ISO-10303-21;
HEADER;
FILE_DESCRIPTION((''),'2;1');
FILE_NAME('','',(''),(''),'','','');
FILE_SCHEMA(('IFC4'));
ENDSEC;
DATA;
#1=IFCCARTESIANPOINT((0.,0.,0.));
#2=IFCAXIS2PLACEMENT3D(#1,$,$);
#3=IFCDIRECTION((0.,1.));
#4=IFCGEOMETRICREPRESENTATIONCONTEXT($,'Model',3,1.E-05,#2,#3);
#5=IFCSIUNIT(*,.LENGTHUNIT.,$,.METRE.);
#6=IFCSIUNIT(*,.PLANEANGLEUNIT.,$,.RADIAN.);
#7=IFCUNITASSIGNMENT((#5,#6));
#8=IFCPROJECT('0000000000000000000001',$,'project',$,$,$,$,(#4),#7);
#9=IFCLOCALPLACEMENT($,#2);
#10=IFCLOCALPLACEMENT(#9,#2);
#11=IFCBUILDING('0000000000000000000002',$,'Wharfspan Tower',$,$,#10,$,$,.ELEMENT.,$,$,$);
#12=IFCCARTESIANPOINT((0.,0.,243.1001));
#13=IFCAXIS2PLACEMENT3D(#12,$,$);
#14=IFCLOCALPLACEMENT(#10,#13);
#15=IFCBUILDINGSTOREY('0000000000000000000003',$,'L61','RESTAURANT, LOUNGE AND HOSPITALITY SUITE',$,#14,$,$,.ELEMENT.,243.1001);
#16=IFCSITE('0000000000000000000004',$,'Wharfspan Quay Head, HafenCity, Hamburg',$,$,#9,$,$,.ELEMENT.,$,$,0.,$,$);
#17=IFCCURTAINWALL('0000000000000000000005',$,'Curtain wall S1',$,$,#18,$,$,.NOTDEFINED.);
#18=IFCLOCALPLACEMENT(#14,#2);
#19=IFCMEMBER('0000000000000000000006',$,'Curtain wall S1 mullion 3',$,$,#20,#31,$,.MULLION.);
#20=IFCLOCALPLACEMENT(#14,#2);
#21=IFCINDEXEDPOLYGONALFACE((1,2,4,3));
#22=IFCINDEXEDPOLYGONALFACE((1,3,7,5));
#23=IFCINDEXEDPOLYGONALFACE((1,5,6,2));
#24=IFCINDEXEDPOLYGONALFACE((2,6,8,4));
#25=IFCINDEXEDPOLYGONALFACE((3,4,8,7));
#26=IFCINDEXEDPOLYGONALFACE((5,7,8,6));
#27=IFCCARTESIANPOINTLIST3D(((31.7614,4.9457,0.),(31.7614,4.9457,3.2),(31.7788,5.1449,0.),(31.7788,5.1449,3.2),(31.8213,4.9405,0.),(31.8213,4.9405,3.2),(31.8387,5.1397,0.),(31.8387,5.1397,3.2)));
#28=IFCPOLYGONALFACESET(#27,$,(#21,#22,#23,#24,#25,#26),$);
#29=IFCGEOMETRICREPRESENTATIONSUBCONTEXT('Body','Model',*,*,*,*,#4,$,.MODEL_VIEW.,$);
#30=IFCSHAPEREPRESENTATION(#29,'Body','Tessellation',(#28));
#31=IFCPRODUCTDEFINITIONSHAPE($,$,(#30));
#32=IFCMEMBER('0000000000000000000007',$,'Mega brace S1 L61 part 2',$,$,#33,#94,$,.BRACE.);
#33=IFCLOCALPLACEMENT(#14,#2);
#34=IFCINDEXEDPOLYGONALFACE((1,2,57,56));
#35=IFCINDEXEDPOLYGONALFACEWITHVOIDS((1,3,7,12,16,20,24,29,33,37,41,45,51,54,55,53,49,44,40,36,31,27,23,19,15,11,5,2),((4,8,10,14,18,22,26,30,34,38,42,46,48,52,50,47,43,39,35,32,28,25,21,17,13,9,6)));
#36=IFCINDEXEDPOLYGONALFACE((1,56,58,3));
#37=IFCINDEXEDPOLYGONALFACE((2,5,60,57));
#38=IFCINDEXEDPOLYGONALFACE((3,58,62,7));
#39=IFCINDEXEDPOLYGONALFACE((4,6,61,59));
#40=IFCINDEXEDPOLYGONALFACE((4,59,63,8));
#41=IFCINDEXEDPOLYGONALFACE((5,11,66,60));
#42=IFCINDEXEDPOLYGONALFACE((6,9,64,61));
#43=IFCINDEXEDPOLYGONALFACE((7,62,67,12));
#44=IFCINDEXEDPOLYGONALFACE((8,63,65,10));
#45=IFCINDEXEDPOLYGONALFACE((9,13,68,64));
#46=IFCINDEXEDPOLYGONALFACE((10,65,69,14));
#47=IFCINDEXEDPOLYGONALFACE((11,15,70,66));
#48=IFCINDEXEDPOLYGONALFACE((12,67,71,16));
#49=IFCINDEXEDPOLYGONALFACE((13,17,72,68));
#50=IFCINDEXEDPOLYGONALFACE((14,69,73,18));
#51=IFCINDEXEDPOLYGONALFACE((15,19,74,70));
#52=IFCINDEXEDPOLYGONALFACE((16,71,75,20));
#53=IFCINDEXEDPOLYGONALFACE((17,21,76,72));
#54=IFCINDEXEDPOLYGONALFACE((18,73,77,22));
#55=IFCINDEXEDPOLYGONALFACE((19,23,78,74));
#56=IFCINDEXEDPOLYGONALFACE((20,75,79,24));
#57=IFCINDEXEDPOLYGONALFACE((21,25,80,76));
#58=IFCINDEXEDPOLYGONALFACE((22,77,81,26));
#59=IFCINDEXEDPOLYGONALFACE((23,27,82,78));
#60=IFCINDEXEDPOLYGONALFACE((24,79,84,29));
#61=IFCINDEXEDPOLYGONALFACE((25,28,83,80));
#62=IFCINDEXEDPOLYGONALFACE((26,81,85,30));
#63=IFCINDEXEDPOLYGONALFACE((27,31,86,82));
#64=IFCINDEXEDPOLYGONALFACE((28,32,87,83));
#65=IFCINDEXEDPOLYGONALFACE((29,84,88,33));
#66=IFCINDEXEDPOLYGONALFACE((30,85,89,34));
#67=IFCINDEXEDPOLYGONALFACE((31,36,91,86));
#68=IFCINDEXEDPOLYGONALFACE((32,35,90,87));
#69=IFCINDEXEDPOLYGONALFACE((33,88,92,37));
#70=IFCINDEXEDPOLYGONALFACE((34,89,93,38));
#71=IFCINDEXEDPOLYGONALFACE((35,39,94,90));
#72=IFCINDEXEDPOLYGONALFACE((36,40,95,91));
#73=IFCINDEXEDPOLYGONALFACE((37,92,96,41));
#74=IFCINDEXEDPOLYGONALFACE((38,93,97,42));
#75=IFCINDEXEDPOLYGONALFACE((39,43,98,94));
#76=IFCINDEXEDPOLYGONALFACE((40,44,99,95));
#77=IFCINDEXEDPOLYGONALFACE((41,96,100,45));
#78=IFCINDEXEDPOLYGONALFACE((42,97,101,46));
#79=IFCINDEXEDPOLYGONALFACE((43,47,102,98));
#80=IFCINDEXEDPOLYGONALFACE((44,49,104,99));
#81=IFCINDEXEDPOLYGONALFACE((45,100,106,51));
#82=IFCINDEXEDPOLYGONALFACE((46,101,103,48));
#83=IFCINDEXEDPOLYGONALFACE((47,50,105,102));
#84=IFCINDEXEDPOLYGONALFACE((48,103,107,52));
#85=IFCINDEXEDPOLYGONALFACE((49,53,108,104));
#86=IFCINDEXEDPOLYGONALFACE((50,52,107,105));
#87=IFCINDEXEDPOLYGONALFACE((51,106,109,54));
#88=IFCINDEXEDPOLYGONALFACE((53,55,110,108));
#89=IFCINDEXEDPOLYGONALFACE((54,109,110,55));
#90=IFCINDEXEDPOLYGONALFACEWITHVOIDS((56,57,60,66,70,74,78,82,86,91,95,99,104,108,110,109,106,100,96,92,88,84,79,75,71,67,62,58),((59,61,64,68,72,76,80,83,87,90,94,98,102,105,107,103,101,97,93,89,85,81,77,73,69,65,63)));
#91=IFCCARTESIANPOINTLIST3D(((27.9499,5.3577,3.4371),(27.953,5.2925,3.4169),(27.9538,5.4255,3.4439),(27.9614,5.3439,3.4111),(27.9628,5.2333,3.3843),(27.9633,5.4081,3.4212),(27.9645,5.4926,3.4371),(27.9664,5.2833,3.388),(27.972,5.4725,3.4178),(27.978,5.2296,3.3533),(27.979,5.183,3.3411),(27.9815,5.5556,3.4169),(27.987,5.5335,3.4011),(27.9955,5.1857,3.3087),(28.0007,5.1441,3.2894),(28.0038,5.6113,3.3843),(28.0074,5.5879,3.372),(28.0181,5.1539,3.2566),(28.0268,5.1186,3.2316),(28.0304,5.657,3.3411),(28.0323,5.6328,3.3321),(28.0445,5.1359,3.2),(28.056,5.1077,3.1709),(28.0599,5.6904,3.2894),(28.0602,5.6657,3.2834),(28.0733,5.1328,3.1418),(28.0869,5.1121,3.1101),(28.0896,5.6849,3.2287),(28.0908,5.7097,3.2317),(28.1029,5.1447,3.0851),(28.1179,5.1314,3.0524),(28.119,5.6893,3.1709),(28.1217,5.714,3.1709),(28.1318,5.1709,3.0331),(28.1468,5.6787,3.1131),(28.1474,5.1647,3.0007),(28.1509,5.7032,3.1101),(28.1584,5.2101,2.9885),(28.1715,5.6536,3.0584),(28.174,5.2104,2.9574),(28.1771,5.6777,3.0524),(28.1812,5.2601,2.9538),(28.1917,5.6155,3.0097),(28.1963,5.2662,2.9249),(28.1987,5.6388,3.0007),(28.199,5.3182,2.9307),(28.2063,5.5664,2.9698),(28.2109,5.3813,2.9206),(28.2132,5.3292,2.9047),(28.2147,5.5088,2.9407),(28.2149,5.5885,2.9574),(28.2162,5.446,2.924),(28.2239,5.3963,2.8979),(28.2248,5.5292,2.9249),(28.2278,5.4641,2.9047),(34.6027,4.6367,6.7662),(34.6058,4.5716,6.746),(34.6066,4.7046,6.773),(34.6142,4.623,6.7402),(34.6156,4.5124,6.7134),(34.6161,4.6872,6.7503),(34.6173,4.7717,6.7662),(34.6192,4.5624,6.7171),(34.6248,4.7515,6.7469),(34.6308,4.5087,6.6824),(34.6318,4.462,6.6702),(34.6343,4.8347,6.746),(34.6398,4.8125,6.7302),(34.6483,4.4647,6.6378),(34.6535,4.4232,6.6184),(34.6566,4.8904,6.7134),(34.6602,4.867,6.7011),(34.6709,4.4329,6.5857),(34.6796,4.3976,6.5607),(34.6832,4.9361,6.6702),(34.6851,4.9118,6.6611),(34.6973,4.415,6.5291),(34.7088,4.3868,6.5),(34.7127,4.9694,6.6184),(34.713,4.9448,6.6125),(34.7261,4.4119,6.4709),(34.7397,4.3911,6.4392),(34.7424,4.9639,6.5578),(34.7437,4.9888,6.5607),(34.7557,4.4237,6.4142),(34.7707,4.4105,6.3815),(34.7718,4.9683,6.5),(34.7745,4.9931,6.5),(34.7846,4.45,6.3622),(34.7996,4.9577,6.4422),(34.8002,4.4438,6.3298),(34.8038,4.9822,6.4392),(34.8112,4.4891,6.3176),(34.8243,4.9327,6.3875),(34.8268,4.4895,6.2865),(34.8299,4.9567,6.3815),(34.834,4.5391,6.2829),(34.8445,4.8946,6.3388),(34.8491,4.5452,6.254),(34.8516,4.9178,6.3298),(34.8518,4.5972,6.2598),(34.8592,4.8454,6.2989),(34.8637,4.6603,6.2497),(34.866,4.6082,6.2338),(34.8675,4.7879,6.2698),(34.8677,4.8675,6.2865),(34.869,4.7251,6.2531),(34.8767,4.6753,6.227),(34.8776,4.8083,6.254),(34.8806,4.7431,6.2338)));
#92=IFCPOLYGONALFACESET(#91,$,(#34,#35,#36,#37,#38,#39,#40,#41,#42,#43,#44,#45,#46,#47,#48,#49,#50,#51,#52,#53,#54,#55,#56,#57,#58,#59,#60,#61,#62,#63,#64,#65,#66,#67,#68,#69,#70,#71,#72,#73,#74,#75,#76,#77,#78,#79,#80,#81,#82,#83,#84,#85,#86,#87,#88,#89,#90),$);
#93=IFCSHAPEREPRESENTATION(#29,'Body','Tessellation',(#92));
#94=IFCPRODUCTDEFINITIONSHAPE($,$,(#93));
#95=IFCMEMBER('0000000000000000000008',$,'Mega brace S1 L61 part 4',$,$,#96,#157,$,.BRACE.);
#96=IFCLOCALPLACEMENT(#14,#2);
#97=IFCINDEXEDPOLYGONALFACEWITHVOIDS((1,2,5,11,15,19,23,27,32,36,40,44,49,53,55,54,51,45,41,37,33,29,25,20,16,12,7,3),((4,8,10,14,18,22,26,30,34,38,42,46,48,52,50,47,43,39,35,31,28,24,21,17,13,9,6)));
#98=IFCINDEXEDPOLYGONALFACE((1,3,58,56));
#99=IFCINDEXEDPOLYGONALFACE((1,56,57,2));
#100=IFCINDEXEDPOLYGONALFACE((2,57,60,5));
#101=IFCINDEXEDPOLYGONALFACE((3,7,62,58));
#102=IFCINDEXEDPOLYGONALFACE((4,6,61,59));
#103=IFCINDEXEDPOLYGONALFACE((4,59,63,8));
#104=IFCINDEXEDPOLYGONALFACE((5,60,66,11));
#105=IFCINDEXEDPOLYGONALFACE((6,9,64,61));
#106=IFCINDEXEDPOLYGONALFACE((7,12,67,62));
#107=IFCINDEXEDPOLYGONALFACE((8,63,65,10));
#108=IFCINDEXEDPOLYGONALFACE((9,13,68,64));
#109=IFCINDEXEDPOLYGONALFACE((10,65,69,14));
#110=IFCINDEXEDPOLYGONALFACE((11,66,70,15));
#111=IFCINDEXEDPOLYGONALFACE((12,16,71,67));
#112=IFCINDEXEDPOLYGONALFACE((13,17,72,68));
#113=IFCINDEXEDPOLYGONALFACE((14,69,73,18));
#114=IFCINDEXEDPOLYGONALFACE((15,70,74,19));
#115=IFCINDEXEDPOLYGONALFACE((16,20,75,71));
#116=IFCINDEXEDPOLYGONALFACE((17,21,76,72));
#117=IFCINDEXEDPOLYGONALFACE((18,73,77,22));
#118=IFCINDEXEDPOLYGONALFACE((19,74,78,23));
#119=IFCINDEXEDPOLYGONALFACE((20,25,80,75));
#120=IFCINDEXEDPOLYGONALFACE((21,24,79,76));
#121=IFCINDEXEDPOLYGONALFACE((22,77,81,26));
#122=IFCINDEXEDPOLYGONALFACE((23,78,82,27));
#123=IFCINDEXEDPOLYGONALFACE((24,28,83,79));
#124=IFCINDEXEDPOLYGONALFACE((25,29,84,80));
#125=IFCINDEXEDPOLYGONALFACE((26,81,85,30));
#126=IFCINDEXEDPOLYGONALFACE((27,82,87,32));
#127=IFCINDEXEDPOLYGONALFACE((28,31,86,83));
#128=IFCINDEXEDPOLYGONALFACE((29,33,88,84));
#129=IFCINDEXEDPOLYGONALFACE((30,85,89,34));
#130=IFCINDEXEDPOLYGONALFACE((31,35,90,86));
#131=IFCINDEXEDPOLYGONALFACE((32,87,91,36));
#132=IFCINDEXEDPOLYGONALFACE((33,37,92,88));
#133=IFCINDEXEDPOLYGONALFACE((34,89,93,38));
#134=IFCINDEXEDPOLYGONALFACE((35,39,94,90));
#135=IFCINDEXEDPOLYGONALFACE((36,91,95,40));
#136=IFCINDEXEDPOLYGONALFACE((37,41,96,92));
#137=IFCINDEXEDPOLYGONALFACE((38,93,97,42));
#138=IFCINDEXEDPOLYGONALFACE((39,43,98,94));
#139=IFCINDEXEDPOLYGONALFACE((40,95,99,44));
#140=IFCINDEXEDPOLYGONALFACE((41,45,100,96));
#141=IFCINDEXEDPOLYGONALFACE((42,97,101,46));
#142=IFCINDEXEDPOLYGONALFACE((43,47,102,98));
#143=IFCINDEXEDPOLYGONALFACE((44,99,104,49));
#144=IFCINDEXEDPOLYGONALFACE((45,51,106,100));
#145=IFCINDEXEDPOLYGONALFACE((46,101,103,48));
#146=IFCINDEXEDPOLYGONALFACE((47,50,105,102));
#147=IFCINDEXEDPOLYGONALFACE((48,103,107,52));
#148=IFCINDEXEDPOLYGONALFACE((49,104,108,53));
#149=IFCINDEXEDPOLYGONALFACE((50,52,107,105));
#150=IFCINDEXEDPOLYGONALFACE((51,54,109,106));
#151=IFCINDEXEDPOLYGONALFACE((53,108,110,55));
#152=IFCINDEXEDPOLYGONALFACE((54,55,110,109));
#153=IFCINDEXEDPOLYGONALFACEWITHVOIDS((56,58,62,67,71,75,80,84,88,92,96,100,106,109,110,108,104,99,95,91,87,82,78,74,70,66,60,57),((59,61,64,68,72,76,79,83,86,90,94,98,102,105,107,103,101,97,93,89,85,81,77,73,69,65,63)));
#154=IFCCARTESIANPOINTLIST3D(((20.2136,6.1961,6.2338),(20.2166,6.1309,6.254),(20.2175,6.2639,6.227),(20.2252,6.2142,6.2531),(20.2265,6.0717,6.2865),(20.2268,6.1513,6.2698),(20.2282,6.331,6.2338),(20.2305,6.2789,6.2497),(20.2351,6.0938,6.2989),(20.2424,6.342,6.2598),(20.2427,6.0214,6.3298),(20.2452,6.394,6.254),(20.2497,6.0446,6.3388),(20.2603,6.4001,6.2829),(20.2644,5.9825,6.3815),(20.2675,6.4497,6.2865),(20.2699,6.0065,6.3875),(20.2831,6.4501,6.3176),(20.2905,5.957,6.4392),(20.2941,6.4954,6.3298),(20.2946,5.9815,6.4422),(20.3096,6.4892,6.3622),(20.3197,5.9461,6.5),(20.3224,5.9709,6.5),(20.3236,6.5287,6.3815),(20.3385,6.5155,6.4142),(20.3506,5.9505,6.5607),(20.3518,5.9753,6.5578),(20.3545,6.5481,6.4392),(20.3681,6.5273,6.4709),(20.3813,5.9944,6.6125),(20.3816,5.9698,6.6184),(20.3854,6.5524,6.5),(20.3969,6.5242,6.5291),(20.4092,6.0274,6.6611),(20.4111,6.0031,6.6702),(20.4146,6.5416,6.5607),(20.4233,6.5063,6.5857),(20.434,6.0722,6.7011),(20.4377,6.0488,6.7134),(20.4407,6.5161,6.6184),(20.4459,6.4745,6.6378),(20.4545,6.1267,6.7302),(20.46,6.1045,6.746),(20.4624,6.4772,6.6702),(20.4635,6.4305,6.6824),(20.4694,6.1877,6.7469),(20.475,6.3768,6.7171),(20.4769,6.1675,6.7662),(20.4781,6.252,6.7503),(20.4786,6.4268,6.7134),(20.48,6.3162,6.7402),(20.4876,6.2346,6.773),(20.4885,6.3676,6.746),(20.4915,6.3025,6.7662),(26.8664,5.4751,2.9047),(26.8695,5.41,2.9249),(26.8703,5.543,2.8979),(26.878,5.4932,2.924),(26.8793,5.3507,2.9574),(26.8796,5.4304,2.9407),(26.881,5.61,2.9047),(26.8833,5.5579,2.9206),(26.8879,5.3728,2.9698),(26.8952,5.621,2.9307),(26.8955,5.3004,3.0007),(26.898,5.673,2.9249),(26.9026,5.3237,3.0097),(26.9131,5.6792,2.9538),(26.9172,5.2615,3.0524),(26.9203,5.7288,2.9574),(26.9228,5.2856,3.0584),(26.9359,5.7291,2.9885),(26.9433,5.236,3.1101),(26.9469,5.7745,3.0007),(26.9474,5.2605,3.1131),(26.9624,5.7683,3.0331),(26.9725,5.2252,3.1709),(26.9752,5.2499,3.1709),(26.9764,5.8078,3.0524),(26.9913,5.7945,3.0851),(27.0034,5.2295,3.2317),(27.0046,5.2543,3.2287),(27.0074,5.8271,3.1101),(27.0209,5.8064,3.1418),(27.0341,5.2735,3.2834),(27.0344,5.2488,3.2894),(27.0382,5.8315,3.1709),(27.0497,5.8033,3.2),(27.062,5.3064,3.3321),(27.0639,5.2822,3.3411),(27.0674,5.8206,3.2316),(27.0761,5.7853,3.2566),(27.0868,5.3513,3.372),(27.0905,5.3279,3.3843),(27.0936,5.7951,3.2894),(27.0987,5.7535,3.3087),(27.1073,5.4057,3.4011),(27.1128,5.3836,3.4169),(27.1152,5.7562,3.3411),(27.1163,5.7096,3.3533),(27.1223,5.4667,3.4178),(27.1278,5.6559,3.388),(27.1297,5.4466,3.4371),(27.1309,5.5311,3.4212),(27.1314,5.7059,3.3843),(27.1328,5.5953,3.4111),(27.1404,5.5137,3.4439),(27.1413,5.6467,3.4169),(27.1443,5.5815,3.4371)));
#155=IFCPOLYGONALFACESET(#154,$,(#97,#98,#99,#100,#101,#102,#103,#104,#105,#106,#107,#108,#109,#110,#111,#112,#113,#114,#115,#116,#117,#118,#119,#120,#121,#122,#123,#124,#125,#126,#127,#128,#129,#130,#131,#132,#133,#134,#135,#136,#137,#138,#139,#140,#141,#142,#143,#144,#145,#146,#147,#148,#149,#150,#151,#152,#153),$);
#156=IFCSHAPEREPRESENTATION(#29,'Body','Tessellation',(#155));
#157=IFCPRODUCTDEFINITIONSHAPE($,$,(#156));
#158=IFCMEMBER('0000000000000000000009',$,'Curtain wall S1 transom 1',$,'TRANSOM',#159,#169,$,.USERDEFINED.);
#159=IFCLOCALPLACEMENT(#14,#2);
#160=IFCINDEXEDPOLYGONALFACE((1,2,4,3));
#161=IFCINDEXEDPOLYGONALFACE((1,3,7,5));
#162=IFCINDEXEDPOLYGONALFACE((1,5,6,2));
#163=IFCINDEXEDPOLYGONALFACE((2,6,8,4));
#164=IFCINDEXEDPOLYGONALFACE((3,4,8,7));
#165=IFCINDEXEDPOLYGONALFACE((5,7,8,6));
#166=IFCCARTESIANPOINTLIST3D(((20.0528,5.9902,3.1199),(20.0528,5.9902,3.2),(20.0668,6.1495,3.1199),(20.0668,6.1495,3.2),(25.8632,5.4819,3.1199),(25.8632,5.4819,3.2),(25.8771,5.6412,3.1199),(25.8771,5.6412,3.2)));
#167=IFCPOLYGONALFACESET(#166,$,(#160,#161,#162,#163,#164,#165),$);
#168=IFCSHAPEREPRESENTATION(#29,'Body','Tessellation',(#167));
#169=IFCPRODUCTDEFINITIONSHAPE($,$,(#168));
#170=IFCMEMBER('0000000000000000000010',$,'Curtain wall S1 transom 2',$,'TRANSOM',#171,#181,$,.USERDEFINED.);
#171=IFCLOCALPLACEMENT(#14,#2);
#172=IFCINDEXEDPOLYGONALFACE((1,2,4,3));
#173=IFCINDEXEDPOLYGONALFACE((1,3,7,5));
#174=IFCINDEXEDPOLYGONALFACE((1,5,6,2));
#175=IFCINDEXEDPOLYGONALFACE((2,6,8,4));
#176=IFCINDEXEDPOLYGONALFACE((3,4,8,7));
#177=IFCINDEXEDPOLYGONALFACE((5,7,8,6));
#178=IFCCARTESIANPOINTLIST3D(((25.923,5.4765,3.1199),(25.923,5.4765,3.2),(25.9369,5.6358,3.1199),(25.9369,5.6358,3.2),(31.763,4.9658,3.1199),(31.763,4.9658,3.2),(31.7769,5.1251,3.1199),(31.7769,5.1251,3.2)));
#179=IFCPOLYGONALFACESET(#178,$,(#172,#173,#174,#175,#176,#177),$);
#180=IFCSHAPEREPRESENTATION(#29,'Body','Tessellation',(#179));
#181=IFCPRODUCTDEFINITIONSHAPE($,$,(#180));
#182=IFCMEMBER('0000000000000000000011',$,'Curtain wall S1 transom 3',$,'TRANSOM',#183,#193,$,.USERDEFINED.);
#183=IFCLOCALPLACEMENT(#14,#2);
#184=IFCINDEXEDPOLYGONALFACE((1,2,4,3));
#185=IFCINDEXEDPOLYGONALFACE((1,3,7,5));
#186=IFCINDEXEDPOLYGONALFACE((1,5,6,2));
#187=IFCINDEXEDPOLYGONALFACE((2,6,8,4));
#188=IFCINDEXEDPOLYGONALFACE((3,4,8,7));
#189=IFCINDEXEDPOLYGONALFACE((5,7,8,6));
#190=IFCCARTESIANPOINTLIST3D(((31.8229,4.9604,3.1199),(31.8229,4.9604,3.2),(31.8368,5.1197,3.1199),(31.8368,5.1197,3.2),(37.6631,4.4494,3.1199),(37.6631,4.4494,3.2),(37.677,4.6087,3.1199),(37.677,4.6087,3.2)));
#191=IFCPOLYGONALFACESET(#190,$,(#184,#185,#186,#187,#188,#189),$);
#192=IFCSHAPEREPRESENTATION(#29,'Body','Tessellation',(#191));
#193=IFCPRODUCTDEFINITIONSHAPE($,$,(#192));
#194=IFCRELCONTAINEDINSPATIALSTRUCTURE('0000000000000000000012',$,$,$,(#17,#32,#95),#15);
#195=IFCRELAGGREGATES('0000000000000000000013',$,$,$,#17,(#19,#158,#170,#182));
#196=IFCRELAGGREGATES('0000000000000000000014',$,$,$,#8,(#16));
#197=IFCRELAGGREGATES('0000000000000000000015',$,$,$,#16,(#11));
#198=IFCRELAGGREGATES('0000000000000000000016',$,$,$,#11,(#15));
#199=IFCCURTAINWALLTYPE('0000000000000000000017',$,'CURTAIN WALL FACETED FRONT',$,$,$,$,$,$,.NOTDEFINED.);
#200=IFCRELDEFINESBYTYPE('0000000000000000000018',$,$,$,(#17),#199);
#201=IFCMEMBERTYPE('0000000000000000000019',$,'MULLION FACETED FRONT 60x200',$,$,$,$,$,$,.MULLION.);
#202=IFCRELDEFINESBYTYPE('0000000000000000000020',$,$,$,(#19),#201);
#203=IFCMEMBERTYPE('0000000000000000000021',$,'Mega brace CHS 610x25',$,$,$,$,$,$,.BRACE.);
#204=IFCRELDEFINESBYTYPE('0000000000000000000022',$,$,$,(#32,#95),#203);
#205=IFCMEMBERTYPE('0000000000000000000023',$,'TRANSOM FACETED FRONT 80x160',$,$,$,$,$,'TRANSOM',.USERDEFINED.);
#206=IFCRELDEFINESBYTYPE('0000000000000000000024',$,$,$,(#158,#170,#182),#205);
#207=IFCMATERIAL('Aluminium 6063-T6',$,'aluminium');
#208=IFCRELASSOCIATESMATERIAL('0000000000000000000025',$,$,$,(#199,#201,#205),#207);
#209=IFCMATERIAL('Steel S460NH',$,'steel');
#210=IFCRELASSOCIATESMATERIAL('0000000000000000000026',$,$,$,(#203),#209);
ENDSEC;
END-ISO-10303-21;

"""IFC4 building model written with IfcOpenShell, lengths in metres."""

from ifc_helpers import new_model, si_unit, direction, frame, origin, origin_2d, place, context, subcontext, project, spatial, rectangle, hollow_circle, extrude, material, material_profile, profile_set, type_object, element, aggregate, save


model = new_model("IFC4")

# Units and contexts
model_context = context("Model", 3, precision=1e-05, world=origin(), true_north=direction((0.0, 1.0)))
body_context = subcontext(model_context, "Body", "Model", "MODEL_VIEW")
ifc_project = project(units=[si_unit("LENGTHUNIT", "METRE"), si_unit("PLANEANGLEUNIT", "RADIAN")], contexts=[model_context])

# Site, building, storey
site_placement = place(None, origin())
site = spatial("IfcSite", under=ifc_project, at=site_placement, Name="Wharfspan Quay Head, HafenCity, Hamburg", CompositionType="ELEMENT", RefElevation=0.0)
building_placement = place(site_placement, origin())
building = spatial("IfcBuilding", under=site, at=building_placement, Name="Wharfspan Tower", CompositionType="ELEMENT")
storey_placement = place(building_placement, frame((0.0, 0.0, 243.1001)))
storey = spatial("IfcBuildingStorey", under=building, at=storey_placement, Name="L61", Description="RESTAURANT, LOUNGE AND HOSPITALITY SUITE", CompositionType="ELEMENT", Elevation=243.1001)

# Curtain wall, member
ifc_material_1 = material(Name="Aluminium 6063-T6", Category="aluminium")
curtain_wall_type_1 = type_object("IfcCurtainWallType", Name="CURTAIN WALL FACETED FRONT", PredefinedType="NOTDEFINED", material=ifc_material_1)
curtain_wall_1_placement = place(storey_placement, origin())
curtain_wall_1 = element("IfcCurtainWall", 1, at=curtain_wall_1_placement, inside=storey, type_object=curtain_wall_type_1, Name="Curtain wall S1", PredefinedType="NOTDEFINED")
ifc_material_profile_1 = material_profile(ifc_material_1, rectangle(XDim=0.2, YDim=0.0601, at=origin_2d()))
ifc_profile_set_1 = profile_set([ifc_material_profile_1], Name="Aluminium 6063-T6")
member_type_1 = type_object("IfcMemberType", Name="MULLION FACETED FRONT 60x200", PredefinedType="MULLION", material=ifc_profile_set_1)
member_1_placement = place(storey_placement, frame((31.8, 5.0427, 0.0), z_axis=(0.0, 0.0, 1.0), x_axis=(0.087156, 0.996197, 0.0)))
member_1 = element("IfcMember", 2, at=member_1_placement, type_object=member_type_1, Name="Curtain wall S1 mullion 3", PredefinedType="MULLION", context=body_context, shape_type="SweptSolid", body=[
    extrude(rectangle(XDim=0.2, YDim=0.0601, at=origin_2d()), origin(), (0.0, 0.0, 1.0), 3.2),
])

# Members
ifc_material_2 = material(Name="Steel S460NH", Category="steel")
ifc_material_profile_2 = material_profile(ifc_material_2, hollow_circle(Radius=0.3049, WallThickness=0.0249, at=origin_2d()))
ifc_profile_set_2 = profile_set([ifc_material_profile_2], Name="Steel S460NH")
member_type_2 = type_object("IfcMemberType", Name="Mega brace CHS 610x25", PredefinedType="BRACE", material=ifc_profile_set_2)
for number, where, z_axis, x_axis, name in (
    (3, (28.0889, 5.4109, 3.1709), (0.890113, -0.096459, 0.445416), (0.107734, 0.994176, 0.000004), "Mega brace S1 L61 part 2"),
    (4, (27.0054, 5.5283, 3.1709), (-0.890113, 0.096459, 0.445416), (-0.107734, -0.994176, 0.000004), "Mega brace S1 L61 part 4"),
):
    element("IfcMember", number, at=place(storey_placement, frame(where, z_axis=z_axis, x_axis=x_axis)), inside=storey, type_object=member_type_2, Name=name, PredefinedType="BRACE", context=body_context, shape_type="SweptSolid", body=[
        extrude(hollow_circle(Radius=0.3049, WallThickness=0.0249, at=origin_2d()), origin(), (0.0, 0.0, 1.0), 7.4741),
    ])

# Members
ifc_material_profile_3 = material_profile(ifc_material_1, rectangle(XDim=0.1599, YDim=0.0801, at=origin_2d()))
ifc_profile_set_3 = profile_set([ifc_material_profile_3], Name="Aluminium 6063-T6")
member_type_3 = type_object("IfcMemberType", Name="TRANSOM FACETED FRONT 80x160", ElementType="TRANSOM", PredefinedType="USERDEFINED", material=ifc_profile_set_3)
member_2_placement = place(storey_placement, frame((20.0598, 6.0698, 3.1599), z_axis=(0.996195, -0.08715, 0.0), x_axis=(0.08715, 0.996195, 0.0)))
member_2 = element("IfcMember", 5, at=member_2_placement, type_object=member_type_3, Name="Curtain wall S1 transom 1", ObjectType="TRANSOM", PredefinedType="USERDEFINED", context=body_context, shape_type="SweptSolid", body=[
    extrude(rectangle(XDim=0.1599, YDim=0.0801, at=origin_2d()), origin(), (0.0, 0.0, 1.0), 5.8325),
])
member_3_placement = place(storey_placement, frame((25.9299, 5.5562, 3.1599), z_axis=(0.996198, -0.087122, 0.0), x_axis=(0.087122, 0.996198, 0.0)))
member_3 = element("IfcMember", 6, at=member_3_placement, type_object=member_type_3, Name="Curtain wall S1 transom 2", ObjectType="TRANSOM", PredefinedType="USERDEFINED", context=body_context, shape_type="SweptSolid", body=[
    extrude(rectangle(XDim=0.1599, YDim=0.0801, at=origin_2d()), origin(), (0.0, 0.0, 1.0), 5.8623),
])
member_4_placement = place(storey_placement, frame((31.8298, 5.04, 3.1599), z_axis=(0.996194, -0.08716, 0.0), x_axis=(0.08716, 0.996194, 0.0)))
member_4 = element("IfcMember", 7, at=member_4_placement, type_object=member_type_3, Name="Curtain wall S1 transom 3", ObjectType="TRANSOM", PredefinedType="USERDEFINED", context=body_context, shape_type="SweptSolid", body=[
    extrude(rectangle(XDim=0.1599, YDim=0.0801, at=origin_2d()), origin(), (0.0, 0.0, 1.0), 5.8625),
])

aggregate(curtain_wall_1, [member_1, member_2, member_3, member_4])

save(model, "model.ifc")
